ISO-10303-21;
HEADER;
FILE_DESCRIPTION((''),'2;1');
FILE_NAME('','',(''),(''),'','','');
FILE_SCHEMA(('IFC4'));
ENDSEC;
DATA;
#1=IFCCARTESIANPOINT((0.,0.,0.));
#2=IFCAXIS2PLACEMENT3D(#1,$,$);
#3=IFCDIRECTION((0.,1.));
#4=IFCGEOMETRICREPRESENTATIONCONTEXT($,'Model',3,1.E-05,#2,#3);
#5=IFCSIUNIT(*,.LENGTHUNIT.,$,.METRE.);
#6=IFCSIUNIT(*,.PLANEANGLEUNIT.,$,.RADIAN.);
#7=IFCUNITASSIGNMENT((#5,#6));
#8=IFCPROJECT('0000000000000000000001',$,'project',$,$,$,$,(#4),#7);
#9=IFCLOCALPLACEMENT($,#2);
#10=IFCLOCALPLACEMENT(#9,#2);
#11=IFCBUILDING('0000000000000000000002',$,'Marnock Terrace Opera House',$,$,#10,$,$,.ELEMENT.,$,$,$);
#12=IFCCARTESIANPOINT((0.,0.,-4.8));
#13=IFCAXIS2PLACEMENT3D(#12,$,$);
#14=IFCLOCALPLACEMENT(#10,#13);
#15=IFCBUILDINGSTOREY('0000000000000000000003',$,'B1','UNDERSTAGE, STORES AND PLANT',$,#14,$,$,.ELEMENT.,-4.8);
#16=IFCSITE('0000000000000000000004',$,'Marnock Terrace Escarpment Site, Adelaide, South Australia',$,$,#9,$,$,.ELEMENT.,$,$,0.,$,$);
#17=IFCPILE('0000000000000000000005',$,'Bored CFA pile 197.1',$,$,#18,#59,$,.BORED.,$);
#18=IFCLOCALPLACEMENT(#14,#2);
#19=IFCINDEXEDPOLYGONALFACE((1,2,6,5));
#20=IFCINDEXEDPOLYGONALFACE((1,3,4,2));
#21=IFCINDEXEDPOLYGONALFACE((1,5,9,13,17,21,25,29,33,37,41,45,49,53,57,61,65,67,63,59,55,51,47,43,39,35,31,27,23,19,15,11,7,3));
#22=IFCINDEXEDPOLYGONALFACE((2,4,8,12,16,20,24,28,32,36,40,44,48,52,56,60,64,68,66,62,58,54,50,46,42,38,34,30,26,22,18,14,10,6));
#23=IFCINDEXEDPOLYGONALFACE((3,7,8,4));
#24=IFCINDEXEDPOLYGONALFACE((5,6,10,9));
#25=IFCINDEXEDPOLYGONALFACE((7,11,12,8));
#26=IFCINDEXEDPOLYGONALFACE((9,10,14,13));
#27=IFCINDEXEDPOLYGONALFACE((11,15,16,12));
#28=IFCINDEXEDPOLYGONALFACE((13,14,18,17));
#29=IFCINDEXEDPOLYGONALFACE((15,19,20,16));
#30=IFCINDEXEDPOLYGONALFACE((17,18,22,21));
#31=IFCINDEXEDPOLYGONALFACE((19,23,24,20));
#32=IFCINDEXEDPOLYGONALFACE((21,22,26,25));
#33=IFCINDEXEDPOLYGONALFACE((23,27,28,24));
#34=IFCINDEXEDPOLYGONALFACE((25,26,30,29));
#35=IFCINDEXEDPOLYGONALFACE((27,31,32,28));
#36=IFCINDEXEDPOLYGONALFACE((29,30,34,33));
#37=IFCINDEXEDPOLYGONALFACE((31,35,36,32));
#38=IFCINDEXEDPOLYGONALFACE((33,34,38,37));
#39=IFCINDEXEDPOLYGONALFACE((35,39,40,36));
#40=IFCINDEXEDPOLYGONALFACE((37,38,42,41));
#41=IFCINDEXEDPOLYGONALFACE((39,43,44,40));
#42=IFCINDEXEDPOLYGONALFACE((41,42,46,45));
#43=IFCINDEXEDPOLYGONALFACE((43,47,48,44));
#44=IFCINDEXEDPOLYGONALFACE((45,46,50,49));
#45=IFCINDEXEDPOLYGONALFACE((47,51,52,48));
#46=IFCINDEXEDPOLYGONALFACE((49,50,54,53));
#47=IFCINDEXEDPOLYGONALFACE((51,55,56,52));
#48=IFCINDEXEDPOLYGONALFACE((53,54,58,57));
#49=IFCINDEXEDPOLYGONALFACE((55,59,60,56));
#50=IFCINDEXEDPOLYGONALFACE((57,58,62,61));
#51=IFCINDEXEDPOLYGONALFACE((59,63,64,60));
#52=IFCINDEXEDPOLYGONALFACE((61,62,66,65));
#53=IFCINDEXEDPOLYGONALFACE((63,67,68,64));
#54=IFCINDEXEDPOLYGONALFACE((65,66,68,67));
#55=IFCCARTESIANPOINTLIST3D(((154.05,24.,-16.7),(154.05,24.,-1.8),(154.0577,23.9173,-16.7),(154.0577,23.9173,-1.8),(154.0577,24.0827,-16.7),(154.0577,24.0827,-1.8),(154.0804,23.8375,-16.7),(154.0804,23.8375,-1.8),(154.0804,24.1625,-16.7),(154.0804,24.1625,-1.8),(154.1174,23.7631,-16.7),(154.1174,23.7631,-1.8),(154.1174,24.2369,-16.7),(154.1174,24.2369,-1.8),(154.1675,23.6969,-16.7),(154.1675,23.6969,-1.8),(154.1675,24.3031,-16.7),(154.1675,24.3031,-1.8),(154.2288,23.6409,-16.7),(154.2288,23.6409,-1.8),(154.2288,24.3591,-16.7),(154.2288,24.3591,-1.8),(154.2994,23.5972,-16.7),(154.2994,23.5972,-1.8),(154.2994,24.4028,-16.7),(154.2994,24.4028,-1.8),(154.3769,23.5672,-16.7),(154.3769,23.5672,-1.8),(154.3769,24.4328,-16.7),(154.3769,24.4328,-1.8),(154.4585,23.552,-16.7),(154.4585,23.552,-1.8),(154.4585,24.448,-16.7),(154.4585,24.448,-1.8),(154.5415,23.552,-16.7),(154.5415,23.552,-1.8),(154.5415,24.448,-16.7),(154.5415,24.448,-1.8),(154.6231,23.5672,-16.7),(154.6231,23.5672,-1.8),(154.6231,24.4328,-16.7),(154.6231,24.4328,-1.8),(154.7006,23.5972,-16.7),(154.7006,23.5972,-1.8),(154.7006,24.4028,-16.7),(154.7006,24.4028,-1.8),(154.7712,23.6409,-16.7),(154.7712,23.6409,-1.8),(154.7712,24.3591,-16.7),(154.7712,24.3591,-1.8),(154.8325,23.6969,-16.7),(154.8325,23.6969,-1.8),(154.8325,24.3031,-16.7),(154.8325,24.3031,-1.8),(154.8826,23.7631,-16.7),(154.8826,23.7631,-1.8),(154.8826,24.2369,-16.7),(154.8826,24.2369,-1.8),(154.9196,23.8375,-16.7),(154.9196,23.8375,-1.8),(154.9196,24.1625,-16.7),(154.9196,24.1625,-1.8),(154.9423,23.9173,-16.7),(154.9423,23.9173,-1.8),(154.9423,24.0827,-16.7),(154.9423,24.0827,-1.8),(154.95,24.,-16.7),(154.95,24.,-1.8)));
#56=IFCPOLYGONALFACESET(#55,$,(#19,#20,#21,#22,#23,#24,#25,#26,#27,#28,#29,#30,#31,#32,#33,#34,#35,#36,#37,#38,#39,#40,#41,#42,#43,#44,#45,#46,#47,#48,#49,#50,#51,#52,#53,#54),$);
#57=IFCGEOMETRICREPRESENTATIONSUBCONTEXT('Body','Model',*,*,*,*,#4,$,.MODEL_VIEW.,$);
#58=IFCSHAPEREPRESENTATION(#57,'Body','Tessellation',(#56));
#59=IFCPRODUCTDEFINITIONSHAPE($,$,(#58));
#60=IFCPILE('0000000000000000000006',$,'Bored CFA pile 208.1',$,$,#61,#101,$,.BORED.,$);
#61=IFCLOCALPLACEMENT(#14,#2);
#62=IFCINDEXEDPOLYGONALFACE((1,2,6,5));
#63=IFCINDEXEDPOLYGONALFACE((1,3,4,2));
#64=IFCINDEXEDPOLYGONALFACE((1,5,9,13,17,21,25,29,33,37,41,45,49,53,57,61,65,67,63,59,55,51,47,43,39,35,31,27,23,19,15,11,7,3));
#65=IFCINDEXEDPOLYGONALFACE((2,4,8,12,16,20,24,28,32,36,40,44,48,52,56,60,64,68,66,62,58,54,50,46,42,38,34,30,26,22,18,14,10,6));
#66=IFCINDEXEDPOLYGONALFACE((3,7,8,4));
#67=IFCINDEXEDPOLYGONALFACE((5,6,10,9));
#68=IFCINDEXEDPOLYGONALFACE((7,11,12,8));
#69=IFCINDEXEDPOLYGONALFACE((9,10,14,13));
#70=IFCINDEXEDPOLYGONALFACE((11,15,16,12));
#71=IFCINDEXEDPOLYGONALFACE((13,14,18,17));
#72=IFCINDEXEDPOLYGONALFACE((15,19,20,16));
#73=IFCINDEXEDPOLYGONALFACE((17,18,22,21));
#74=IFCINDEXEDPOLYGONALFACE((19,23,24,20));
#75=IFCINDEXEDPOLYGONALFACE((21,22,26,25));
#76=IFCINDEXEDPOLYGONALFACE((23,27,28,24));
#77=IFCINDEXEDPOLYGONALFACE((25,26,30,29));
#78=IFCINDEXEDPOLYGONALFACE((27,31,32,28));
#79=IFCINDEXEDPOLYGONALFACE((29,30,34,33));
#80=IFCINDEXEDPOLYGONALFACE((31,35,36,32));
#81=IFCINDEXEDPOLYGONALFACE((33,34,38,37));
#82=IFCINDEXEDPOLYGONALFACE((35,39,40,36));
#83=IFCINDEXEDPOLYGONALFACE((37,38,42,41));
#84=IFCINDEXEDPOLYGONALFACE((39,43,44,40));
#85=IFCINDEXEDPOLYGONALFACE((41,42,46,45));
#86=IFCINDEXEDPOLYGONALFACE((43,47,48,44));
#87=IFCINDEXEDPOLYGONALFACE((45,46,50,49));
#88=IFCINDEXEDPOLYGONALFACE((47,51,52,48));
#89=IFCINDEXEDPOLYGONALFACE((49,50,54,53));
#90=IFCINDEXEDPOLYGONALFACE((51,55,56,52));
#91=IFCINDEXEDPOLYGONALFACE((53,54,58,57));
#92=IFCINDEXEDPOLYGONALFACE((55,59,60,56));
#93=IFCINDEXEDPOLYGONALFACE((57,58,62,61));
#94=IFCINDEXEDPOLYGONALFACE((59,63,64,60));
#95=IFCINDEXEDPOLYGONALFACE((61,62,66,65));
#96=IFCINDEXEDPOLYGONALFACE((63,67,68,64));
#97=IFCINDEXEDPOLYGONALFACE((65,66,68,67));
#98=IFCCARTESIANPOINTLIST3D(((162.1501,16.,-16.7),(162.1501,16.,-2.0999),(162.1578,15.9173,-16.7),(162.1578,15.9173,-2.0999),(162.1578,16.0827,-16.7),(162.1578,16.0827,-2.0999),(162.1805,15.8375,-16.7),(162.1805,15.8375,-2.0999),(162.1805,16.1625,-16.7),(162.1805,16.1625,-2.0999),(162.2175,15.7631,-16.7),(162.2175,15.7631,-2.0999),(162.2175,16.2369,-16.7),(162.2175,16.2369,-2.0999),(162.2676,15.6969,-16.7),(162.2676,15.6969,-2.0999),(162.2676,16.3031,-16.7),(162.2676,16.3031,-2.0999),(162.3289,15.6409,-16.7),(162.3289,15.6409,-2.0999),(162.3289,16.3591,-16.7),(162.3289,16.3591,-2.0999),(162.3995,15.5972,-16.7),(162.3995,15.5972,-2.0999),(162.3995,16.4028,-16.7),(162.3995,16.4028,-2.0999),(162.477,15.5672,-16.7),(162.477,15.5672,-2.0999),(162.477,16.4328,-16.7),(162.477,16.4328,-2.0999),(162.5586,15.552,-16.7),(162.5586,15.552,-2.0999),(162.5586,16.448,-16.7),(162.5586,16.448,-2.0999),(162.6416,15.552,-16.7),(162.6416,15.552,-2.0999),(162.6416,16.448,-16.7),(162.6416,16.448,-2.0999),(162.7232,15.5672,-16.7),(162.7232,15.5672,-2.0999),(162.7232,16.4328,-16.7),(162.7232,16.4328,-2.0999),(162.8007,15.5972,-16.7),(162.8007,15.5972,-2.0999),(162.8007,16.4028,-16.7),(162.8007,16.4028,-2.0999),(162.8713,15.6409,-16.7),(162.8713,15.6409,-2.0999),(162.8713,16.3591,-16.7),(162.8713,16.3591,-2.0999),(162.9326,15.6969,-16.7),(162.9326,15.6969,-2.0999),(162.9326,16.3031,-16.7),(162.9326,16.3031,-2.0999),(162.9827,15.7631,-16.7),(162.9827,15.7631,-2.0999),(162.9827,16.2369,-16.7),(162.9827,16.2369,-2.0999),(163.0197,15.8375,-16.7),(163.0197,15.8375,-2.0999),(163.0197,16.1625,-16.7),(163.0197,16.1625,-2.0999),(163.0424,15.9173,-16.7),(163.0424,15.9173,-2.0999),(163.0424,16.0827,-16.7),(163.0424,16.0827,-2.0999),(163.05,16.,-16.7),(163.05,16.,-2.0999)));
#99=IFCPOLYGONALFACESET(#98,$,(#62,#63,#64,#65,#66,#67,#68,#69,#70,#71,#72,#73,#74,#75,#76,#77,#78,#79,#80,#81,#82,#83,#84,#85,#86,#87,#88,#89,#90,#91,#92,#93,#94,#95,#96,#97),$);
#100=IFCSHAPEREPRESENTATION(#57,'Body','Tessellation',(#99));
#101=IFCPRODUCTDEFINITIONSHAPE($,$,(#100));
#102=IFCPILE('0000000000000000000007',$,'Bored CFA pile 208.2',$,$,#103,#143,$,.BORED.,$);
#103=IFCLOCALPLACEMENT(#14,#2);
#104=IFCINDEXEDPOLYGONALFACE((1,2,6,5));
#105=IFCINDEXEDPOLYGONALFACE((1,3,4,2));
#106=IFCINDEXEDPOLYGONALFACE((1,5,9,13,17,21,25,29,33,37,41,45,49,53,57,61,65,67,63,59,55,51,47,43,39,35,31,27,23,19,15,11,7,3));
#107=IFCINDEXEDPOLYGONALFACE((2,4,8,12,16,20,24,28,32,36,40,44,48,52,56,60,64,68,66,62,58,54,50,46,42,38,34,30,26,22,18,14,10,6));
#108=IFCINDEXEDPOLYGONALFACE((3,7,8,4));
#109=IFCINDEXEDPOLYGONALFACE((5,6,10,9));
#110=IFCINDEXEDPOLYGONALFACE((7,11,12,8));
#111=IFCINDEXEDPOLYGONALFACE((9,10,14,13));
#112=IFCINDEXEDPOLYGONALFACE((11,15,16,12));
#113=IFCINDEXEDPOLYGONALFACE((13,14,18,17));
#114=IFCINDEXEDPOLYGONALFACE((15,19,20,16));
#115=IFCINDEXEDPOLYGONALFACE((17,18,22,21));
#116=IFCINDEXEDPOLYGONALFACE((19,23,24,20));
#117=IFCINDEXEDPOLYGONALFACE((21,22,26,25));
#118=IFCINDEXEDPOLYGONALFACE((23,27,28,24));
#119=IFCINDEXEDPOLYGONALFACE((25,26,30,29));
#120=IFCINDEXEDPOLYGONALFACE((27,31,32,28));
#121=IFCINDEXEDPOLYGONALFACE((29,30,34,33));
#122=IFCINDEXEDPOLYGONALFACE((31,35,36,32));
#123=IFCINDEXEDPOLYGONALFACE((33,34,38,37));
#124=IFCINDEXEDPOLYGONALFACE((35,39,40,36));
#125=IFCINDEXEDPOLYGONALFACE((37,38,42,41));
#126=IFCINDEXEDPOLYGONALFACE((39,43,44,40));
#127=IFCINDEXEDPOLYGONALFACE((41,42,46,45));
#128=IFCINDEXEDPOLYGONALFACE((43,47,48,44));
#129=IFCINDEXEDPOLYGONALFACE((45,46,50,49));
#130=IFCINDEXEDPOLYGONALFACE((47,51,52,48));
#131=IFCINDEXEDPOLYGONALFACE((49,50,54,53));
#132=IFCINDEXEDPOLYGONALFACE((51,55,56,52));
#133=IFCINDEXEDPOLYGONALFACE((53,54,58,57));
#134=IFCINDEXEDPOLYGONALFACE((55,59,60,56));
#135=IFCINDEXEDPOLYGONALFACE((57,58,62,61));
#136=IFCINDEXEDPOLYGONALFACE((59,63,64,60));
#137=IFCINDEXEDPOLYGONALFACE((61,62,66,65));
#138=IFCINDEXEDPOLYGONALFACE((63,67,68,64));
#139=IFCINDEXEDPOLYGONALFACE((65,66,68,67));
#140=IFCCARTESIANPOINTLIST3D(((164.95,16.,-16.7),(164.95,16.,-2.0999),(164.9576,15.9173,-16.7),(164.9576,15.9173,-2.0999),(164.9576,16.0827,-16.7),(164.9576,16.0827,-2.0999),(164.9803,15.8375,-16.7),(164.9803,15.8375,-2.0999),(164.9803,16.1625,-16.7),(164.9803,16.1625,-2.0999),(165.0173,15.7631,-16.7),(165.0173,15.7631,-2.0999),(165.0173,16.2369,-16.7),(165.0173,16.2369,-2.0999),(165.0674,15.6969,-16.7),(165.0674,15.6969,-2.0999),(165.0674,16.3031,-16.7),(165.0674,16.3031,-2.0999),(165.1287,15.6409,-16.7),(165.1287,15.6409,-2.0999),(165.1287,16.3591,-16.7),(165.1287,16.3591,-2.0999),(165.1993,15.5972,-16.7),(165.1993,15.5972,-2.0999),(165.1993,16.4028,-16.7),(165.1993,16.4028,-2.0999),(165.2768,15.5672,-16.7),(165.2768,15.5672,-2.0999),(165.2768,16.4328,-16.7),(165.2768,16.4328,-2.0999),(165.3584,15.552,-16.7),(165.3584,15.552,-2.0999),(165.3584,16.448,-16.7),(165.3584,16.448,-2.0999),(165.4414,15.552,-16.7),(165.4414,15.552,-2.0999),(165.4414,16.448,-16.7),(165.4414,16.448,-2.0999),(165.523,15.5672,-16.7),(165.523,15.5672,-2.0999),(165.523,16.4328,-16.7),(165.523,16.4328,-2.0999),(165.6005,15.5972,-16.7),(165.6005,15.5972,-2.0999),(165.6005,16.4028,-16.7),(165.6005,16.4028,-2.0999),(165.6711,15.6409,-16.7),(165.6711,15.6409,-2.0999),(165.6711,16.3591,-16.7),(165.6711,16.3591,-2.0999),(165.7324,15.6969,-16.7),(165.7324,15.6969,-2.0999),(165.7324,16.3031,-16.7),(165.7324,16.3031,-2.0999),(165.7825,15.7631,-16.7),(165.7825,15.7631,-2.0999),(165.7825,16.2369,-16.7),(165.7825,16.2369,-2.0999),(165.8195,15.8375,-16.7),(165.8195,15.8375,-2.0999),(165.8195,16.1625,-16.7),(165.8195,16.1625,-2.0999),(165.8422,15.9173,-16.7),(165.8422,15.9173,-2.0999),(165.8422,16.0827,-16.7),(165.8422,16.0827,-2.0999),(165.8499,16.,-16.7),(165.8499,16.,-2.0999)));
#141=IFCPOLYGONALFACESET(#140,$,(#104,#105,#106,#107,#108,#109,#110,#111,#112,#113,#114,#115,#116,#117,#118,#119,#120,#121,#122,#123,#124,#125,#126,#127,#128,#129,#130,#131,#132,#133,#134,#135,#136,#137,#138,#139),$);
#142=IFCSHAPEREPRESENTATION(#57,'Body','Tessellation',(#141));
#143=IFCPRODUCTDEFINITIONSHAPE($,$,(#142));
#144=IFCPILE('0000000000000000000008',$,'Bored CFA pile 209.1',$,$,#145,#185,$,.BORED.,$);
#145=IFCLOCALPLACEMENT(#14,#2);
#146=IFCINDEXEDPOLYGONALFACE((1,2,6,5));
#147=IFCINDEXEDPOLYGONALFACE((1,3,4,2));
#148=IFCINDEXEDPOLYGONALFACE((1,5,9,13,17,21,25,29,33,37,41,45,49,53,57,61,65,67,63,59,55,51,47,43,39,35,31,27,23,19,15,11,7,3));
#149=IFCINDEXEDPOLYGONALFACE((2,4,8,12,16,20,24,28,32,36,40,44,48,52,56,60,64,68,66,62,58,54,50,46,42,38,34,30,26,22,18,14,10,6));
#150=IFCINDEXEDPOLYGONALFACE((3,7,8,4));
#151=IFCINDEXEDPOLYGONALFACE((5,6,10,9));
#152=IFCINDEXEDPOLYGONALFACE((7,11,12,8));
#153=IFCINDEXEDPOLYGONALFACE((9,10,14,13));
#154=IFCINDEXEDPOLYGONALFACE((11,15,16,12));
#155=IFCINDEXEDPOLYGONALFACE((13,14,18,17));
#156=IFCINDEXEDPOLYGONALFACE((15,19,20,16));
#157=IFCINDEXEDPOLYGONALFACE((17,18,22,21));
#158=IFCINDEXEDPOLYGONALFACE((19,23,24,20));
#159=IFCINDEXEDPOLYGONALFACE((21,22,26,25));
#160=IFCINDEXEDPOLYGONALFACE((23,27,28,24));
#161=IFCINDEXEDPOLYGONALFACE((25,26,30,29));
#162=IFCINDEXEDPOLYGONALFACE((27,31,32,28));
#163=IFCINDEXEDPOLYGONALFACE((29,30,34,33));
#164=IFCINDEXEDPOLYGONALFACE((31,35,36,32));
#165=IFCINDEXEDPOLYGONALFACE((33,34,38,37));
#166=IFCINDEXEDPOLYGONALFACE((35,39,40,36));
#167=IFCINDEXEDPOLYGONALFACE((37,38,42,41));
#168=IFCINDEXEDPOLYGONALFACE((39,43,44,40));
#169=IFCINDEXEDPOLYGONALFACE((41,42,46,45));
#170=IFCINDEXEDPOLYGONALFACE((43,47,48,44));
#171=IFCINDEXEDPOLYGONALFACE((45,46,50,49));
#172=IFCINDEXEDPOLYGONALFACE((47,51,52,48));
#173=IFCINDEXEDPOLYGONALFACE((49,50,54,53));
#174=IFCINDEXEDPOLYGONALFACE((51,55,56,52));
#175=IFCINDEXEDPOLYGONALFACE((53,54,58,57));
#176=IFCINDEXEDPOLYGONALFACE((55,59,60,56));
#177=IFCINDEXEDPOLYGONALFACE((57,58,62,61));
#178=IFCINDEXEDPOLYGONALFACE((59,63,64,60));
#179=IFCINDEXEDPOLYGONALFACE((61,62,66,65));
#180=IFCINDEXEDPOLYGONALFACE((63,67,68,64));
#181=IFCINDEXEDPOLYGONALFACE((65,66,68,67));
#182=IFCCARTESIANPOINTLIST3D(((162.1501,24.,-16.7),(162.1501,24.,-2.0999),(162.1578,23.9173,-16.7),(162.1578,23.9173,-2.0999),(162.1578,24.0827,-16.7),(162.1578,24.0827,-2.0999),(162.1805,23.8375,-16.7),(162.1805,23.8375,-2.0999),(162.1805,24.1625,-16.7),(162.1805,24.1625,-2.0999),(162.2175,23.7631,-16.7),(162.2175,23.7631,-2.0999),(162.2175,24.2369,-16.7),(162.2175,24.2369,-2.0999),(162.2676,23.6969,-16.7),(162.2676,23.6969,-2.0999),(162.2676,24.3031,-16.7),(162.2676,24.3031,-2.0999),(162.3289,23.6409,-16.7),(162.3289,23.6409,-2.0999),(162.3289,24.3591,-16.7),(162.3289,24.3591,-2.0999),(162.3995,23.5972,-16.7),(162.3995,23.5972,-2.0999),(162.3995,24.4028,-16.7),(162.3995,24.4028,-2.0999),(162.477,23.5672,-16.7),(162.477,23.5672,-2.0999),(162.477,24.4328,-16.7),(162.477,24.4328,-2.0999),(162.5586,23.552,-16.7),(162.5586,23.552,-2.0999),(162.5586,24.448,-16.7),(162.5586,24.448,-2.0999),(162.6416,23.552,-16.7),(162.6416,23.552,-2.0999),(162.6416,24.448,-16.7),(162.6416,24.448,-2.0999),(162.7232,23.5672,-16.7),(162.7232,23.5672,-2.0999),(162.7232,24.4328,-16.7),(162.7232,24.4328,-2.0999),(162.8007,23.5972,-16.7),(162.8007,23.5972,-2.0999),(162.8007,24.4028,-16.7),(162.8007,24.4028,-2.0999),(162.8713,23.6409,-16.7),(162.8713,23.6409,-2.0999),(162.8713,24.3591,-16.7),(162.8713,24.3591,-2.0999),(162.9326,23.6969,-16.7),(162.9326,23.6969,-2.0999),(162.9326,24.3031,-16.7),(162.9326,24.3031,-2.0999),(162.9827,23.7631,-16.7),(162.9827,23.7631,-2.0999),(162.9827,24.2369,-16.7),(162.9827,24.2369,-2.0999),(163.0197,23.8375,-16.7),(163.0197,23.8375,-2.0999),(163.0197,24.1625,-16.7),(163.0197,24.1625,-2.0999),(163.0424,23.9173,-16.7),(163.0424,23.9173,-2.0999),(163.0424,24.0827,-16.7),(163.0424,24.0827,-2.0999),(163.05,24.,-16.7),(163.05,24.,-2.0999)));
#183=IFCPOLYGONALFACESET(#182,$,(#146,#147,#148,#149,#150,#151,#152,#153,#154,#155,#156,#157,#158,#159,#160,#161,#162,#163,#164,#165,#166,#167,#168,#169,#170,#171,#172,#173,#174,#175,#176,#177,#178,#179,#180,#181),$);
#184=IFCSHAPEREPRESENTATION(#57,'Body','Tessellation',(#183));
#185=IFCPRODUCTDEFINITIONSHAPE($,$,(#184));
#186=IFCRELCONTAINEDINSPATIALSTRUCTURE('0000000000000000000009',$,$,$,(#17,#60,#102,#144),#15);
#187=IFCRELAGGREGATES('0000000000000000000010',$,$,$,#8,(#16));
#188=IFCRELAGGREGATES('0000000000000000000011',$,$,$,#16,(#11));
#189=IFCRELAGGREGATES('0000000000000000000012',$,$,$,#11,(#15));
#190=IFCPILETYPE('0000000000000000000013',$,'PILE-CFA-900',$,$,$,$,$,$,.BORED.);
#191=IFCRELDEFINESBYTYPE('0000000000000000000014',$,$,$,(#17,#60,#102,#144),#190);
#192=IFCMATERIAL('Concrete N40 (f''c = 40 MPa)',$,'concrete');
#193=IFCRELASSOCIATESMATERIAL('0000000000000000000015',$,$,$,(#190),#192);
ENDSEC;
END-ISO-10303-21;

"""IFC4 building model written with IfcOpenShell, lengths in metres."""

from ifc_helpers import new_model, si_unit, direction, frame, origin, origin_2d, place, context, subcontext, project, spatial, circle, extrude, material, material_profile, profile_set, type_object, element, save


model = new_model("IFC4")

# Units and contexts
model_context = context("Model", 3, precision=1e-05, world=origin(), true_north=direction((0.0, 1.0)))
body_context = subcontext(model_context, "Body", "Model", "MODEL_VIEW")
ifc_project = project(units=[si_unit("LENGTHUNIT", "METRE"), si_unit("PLANEANGLEUNIT", "RADIAN")], contexts=[model_context])

# Site, building, storey
site_placement = place(None, origin())
site = spatial("IfcSite", under=ifc_project, at=site_placement, Name="Marnock Terrace Escarpment Site, Adelaide, South Australia", CompositionType="ELEMENT", RefElevation=0.0)
building_placement = place(site_placement, origin())
building = spatial("IfcBuilding", under=site, at=building_placement, Name="Marnock Terrace Opera House", CompositionType="ELEMENT")
storey_placement = place(building_placement, frame((0.0, 0.0, -4.8)))
storey = spatial("IfcBuildingStorey", under=building, at=storey_placement, Name="B1", Description="UNDERSTAGE, STORES AND PLANT", CompositionType="ELEMENT", Elevation=-4.8)

# Shared definitions
ifc_material_1 = material(Name="Concrete N40 (f'c = 40 MPa)", Category="concrete")

# Piles
ifc_material_profile_1 = material_profile(ifc_material_1, circle(Radius=0.45, at=origin_2d()))
ifc_profile_set_1 = profile_set([ifc_material_profile_1], Name="Concrete N40 (f'c = 40 MPa)")
pile_type = type_object("IfcPileType", Name="PILE-CFA-900", PredefinedType="BORED", material=ifc_profile_set_1)
pile_1_placement = place(storey_placement, frame((154.5, 24.0, -1.8), z_axis=(0.0, 0.0, -1.0), x_axis=(1.0, 0.0, 0.0)))
element("IfcPile", 1, at=pile_1_placement, inside=storey, type_object=pile_type, Name="Bored CFA pile 197.1", PredefinedType="BORED", context=body_context, shape_type="SweptSolid", body=[
    extrude(circle(Radius=0.45, at=origin_2d()), origin(), (0.0, 0.0, 1.0), 14.8999),
])
for number, where, z_axis, x_axis, name in (
    (2, (162.6001, 16.0, -2.0999), (0.0, 0.0, -1.0), (1.0, 0.0, 0.0), "Bored CFA pile 208.1"),
    (3, (165.3999, 16.0, -2.0999), (0.0, 0.0, -1.0), (1.0, 0.0, 0.0), "Bored CFA pile 208.2"),
    (4, (162.6001, 24.0, -2.0999), (0.0, 0.0, -1.0), (1.0, 0.0, 0.0), "Bored CFA pile 209.1"),
):
    element("IfcPile", number, at=place(storey_placement, frame(where, z_axis=z_axis, x_axis=x_axis)), inside=storey, type_object=pile_type, Name=name, PredefinedType="BORED", context=body_context, shape_type="SweptSolid", body=[
        extrude(circle(Radius=0.45, at=origin_2d()), origin(), (0.0, 0.0, 1.0), 14.6001),
    ])

save(model, "model.ifc")
